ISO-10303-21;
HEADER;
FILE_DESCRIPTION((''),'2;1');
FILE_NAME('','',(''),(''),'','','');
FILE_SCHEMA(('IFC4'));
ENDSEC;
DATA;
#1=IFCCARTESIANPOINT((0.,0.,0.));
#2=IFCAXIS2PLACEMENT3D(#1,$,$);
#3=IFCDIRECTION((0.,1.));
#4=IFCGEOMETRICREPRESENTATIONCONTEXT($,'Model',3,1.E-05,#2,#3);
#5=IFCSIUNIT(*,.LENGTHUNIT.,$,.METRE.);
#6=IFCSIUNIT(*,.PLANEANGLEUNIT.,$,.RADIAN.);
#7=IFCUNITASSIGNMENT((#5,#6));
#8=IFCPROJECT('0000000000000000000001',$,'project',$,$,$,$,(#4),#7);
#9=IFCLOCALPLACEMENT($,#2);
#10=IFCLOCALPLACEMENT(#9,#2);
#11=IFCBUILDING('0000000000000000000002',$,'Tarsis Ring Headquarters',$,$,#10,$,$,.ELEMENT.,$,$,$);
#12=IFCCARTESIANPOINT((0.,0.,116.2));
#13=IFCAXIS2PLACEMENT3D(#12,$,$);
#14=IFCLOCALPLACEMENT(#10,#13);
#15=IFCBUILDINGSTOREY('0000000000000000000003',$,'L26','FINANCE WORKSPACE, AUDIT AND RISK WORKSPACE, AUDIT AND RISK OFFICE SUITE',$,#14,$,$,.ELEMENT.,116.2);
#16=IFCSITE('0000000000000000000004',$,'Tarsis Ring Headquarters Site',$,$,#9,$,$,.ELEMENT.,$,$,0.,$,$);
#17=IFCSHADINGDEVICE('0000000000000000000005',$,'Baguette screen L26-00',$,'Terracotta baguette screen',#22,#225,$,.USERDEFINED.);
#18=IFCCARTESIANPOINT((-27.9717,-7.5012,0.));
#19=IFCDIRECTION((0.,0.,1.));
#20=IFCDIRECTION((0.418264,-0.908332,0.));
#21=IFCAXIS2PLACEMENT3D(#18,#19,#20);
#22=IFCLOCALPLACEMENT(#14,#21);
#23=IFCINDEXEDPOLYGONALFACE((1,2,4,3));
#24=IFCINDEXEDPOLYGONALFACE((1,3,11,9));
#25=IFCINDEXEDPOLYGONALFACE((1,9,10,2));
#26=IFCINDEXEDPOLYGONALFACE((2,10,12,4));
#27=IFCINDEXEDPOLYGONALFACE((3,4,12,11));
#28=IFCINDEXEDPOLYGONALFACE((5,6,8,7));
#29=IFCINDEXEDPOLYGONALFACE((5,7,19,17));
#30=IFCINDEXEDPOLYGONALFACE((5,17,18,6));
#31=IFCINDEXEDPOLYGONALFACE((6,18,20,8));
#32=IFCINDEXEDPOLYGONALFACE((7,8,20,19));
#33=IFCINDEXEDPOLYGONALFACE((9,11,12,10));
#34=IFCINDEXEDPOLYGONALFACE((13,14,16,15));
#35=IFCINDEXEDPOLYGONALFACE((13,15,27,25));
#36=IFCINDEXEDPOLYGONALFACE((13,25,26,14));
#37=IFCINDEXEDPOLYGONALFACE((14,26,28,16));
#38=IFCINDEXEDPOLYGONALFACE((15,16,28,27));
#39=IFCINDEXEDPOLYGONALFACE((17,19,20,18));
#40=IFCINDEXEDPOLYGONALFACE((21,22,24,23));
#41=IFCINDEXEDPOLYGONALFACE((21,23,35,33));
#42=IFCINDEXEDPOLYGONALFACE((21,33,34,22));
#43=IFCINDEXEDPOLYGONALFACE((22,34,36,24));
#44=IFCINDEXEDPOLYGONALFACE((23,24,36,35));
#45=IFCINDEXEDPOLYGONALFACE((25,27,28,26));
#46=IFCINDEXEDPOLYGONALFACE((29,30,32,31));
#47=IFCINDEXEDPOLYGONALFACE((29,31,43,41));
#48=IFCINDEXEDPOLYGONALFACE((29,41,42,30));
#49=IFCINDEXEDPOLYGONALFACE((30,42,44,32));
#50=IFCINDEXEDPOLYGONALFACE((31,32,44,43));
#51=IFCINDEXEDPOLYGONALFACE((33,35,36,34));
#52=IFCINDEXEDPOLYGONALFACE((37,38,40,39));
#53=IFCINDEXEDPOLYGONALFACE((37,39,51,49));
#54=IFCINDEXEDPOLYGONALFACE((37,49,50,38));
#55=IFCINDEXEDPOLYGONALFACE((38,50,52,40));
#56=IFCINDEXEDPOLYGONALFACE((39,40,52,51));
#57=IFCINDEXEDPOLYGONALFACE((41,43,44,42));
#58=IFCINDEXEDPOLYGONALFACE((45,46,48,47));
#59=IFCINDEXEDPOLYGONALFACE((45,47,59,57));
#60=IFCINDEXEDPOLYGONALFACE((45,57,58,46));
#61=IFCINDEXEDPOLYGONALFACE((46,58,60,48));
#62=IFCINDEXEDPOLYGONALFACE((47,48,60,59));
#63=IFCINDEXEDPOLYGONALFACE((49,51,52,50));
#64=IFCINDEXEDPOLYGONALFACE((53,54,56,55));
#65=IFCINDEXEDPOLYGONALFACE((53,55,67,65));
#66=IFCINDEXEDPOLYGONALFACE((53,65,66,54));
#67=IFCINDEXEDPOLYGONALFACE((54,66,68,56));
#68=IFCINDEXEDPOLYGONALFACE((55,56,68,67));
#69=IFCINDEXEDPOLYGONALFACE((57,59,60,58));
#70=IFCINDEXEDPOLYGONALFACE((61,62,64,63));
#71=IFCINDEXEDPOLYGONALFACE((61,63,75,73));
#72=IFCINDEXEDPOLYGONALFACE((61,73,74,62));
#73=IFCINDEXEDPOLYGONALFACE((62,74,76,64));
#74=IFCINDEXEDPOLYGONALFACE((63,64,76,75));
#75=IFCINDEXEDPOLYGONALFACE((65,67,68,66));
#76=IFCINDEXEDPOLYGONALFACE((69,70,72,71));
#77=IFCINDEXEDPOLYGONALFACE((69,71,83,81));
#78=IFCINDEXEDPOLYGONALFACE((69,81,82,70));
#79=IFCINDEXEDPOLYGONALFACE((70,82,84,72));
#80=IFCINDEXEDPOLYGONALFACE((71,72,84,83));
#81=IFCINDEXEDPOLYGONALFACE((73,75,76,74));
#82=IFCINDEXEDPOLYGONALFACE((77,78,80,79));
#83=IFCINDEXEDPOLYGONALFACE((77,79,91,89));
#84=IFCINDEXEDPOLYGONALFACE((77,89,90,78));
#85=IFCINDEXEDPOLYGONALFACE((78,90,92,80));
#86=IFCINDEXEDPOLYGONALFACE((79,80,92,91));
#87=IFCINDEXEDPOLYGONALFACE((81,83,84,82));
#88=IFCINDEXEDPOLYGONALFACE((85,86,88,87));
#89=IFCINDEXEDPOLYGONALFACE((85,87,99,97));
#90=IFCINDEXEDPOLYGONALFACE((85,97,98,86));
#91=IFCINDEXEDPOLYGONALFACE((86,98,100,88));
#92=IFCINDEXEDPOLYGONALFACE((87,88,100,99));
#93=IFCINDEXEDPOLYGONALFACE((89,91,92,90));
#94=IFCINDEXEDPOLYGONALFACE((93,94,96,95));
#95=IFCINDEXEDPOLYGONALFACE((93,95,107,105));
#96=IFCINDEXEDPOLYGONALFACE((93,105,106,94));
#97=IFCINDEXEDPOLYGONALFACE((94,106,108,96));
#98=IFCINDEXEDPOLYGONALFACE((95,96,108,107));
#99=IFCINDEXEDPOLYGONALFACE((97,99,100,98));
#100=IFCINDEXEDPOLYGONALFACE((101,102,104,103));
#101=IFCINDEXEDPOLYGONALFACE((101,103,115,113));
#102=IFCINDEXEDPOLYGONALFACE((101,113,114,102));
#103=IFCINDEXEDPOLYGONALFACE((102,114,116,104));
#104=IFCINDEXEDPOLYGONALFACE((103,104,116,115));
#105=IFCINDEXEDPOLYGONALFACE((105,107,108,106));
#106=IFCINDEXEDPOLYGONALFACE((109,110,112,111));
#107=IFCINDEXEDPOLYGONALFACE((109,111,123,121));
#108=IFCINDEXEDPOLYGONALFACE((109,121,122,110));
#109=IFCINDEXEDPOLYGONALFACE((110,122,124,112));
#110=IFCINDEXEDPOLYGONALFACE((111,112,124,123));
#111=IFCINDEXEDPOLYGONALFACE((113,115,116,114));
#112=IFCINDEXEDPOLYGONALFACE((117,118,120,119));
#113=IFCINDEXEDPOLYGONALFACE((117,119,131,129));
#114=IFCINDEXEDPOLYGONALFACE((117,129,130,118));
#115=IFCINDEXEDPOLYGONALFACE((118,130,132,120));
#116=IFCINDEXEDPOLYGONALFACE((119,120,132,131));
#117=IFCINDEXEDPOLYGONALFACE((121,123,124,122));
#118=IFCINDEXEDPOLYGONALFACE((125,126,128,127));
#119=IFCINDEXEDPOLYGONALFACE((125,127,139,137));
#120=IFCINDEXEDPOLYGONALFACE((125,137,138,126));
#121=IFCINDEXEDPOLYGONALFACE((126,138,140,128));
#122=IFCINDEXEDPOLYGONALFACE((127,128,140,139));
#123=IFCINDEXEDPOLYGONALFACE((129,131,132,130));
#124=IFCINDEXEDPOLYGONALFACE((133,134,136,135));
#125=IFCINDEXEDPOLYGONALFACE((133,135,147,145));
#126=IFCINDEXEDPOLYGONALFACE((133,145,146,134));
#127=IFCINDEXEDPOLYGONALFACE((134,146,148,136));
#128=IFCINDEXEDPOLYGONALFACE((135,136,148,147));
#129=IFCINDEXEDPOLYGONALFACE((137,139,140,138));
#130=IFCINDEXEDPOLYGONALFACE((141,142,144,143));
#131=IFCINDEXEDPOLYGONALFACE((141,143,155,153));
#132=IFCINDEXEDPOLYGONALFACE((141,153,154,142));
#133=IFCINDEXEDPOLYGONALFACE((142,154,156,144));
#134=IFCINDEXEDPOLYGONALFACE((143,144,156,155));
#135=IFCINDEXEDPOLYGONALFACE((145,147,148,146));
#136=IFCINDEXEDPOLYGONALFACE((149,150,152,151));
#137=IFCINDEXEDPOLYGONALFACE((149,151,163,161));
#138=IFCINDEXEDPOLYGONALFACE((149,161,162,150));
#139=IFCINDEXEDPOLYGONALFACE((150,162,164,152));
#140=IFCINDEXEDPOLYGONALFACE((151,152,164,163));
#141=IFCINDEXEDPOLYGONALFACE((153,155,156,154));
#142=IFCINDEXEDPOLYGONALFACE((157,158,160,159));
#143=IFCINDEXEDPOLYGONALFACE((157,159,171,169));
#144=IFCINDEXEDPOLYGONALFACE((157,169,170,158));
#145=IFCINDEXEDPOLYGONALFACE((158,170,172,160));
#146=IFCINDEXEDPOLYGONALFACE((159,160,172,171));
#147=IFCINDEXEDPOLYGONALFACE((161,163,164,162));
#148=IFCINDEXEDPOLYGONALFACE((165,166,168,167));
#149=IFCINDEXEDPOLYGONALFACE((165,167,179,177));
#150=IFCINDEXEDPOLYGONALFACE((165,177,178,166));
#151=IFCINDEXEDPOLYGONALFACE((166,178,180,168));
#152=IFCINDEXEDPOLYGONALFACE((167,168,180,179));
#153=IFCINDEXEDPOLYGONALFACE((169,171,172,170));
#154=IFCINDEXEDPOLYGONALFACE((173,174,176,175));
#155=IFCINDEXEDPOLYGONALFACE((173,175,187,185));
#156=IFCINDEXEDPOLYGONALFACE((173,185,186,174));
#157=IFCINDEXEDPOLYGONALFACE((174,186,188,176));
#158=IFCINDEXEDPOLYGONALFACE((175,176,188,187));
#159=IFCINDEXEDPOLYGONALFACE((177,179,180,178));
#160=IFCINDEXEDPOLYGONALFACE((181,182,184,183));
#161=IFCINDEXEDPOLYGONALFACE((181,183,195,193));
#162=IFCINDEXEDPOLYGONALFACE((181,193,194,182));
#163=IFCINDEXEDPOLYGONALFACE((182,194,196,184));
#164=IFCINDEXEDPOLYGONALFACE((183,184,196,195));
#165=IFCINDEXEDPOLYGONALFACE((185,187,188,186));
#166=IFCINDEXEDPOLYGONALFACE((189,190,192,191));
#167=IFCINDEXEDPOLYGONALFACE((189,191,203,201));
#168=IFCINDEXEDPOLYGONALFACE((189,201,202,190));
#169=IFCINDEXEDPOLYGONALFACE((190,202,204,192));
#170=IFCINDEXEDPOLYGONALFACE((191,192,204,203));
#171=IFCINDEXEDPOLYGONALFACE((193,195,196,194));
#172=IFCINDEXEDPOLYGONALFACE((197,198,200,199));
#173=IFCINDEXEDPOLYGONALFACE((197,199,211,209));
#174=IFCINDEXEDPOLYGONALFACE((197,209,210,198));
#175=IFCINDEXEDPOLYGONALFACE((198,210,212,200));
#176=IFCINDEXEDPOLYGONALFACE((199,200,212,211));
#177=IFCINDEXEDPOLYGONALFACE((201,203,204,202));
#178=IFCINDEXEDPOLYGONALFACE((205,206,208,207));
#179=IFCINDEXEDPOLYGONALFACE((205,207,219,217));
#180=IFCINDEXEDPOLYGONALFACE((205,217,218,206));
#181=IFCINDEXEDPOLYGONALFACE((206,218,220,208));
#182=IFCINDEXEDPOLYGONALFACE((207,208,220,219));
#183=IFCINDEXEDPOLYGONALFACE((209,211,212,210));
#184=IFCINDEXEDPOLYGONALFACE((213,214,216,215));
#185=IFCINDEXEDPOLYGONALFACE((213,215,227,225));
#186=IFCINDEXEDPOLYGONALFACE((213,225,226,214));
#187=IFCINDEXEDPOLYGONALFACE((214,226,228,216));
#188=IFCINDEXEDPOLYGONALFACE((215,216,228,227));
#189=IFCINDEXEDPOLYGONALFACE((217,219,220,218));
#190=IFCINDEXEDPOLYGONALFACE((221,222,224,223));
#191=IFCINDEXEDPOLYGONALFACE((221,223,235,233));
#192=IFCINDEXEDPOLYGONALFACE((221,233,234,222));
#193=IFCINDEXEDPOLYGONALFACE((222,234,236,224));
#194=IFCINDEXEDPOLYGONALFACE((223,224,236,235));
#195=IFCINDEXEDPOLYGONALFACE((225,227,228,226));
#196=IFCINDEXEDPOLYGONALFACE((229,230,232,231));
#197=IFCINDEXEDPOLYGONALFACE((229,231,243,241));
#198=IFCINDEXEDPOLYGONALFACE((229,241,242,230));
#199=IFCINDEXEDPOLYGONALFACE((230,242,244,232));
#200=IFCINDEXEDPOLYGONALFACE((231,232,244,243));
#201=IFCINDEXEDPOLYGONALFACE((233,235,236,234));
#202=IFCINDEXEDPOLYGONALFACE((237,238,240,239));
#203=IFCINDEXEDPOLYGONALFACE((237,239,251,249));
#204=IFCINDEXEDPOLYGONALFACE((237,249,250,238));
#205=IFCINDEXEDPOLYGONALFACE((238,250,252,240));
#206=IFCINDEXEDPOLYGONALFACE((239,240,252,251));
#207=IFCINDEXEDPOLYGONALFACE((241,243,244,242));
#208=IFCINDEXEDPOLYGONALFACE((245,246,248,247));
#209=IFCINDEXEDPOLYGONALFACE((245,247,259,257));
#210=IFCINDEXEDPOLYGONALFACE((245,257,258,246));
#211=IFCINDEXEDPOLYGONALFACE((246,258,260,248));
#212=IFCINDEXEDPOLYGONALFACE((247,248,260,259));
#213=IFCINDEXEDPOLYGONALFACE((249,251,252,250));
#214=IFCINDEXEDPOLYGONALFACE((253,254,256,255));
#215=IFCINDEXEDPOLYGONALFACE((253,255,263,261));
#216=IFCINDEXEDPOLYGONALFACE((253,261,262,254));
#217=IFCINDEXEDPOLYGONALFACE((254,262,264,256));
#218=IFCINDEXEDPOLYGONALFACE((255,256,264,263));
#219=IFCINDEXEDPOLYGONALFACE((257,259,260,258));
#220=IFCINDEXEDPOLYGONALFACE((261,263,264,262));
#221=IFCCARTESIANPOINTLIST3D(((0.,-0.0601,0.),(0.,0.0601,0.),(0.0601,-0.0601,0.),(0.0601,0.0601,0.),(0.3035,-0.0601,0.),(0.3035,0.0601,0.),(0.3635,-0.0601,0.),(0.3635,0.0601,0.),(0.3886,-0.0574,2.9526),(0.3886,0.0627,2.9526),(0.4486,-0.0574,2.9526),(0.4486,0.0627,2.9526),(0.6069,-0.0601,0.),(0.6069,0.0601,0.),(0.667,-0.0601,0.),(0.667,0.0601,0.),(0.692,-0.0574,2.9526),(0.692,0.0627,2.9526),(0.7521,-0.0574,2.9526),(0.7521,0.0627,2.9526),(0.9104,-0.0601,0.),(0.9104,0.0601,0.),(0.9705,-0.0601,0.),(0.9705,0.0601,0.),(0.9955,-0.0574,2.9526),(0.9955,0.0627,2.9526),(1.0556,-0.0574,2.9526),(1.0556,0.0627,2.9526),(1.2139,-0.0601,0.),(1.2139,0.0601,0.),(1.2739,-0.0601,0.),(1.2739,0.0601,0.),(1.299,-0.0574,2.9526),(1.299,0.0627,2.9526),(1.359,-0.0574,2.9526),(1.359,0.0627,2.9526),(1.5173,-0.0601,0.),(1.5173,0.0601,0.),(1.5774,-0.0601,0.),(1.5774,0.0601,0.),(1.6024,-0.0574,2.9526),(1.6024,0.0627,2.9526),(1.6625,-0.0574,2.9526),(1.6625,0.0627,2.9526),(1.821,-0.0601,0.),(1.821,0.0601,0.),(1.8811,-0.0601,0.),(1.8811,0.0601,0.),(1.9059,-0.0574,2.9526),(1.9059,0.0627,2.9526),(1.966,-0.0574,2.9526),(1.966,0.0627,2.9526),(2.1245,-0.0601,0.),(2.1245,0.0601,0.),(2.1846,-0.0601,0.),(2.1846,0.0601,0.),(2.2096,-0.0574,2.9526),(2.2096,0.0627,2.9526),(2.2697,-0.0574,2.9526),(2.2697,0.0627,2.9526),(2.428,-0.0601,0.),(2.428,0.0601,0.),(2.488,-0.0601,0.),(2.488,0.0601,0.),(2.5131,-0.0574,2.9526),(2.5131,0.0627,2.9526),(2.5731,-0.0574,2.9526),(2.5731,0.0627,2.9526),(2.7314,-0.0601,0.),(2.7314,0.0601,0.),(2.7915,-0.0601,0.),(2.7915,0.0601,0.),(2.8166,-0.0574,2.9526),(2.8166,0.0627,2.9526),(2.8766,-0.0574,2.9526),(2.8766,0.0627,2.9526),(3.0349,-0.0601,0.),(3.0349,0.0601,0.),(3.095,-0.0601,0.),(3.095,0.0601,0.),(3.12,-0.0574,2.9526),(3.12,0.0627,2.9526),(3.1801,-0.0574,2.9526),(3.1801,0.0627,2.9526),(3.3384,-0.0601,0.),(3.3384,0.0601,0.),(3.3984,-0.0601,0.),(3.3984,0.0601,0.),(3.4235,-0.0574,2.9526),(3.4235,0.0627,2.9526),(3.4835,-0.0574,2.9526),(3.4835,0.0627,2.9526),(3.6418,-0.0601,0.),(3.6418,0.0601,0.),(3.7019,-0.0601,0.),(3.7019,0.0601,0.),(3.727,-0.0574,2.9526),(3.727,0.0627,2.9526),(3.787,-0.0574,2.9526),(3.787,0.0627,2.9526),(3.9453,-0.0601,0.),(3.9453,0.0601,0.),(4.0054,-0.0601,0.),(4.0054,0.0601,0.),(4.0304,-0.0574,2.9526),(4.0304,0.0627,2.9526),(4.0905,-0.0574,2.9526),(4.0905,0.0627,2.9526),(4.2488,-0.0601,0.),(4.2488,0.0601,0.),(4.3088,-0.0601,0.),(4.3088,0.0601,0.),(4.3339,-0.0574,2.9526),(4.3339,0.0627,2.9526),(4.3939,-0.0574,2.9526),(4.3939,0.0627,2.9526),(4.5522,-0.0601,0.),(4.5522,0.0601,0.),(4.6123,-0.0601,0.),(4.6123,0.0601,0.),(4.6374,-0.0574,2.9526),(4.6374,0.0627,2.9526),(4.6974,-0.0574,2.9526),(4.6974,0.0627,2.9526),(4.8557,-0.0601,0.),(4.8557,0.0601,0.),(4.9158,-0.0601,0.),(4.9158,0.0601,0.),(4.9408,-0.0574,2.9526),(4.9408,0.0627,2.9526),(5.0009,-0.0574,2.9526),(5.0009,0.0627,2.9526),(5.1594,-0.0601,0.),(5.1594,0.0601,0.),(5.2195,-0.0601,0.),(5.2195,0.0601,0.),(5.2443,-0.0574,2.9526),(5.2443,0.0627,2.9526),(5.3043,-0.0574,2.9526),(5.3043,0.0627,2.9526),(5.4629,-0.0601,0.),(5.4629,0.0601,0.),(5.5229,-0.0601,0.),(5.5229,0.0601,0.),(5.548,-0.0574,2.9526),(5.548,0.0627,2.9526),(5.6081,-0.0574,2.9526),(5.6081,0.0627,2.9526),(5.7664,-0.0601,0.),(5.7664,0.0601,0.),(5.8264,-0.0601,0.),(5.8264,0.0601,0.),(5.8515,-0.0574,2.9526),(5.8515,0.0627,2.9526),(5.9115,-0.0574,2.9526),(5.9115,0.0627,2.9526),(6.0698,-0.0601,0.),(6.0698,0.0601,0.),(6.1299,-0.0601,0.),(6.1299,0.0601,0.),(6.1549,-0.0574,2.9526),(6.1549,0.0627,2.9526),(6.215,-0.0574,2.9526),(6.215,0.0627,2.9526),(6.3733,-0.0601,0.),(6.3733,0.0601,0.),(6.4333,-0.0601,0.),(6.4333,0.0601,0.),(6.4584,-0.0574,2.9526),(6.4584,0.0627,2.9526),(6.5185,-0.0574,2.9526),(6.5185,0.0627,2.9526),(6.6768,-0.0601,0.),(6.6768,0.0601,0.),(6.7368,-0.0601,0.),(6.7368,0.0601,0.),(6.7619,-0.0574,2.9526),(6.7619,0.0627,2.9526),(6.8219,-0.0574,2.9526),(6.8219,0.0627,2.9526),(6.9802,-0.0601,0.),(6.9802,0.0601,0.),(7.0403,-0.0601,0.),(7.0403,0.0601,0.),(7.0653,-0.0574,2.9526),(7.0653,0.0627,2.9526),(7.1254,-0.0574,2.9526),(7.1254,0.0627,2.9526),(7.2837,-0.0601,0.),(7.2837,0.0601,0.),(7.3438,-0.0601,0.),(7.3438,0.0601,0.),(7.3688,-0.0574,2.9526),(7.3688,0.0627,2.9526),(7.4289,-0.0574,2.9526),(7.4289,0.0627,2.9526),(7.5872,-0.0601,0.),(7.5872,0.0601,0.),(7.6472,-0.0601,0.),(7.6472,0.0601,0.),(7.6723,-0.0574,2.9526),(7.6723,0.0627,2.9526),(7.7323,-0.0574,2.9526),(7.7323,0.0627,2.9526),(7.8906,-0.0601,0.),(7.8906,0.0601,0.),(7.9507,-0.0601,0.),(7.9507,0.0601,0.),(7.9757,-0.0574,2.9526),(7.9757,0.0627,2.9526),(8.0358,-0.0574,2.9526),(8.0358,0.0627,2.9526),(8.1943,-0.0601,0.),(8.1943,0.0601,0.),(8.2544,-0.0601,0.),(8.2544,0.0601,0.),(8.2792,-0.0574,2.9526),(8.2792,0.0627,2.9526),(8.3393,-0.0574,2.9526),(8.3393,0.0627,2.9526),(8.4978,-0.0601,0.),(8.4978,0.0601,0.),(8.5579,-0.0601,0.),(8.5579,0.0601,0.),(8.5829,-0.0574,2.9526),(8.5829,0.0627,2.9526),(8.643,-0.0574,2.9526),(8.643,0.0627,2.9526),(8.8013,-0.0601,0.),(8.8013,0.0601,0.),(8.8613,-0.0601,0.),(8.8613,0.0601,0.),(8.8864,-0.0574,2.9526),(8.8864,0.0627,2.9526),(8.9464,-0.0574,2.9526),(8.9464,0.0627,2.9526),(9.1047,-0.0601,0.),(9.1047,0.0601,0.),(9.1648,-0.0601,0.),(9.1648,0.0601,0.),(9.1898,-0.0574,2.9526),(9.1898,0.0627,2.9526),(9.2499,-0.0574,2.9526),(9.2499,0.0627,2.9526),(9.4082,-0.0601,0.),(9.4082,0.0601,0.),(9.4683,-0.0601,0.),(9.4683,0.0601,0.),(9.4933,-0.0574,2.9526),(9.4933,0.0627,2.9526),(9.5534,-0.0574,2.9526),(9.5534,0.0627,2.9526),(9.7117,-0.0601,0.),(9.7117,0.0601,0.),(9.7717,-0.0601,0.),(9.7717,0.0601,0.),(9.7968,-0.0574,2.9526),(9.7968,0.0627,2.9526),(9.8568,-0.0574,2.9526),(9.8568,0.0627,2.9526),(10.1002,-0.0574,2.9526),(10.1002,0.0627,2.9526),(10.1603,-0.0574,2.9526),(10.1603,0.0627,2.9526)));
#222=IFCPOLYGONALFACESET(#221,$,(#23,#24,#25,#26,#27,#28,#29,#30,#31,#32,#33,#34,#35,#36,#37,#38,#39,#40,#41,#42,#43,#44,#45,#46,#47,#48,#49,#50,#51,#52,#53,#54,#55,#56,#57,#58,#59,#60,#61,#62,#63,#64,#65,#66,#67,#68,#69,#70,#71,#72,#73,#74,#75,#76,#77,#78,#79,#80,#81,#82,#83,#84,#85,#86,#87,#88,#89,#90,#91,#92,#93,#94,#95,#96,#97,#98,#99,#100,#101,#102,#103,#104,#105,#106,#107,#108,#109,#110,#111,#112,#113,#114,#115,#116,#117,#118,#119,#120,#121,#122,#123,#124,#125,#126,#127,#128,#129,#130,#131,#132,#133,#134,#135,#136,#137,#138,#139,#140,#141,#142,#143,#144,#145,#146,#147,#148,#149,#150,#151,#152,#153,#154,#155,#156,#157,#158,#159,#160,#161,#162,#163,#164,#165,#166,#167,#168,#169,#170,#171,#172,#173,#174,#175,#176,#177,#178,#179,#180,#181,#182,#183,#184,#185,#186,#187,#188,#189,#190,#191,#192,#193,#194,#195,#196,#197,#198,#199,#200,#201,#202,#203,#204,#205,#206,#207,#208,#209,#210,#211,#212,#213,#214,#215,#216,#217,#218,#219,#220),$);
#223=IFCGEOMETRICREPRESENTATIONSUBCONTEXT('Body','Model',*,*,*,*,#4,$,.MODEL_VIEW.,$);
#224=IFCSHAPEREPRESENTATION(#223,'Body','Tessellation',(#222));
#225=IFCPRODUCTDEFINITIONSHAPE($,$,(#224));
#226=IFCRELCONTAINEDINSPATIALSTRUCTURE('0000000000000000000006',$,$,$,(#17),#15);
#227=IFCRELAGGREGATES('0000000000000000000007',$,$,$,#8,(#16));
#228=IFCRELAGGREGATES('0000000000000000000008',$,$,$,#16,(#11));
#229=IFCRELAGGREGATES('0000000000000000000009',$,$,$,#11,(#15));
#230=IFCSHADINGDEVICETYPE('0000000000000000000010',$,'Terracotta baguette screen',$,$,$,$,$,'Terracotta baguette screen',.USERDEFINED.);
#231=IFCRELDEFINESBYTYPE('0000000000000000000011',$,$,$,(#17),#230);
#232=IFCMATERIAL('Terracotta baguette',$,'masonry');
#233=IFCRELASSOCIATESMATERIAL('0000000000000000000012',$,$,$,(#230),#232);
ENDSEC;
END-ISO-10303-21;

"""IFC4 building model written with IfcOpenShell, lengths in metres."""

from ifc_helpers import new_model, si_unit, direction, frame, frame_2d, origin, place, context, subcontext, project, spatial, rectangle, composite_profile, extrude, material, type_object, element, save


model = new_model("IFC4")

# Units and contexts
model_context = context("Model", 3, precision=1e-05, world=origin(), true_north=direction((0.0, 1.0)))
body_context = subcontext(model_context, "Body", "Model", "MODEL_VIEW")
ifc_project = project(units=[si_unit("LENGTHUNIT", "METRE"), si_unit("PLANEANGLEUNIT", "RADIAN")], contexts=[model_context])

# Site, building, storey
site_placement = place(None, origin())
site = spatial("IfcSite", under=ifc_project, at=site_placement, Name="Tarsis Ring Headquarters Site", CompositionType="ELEMENT", RefElevation=0.0)
building_placement = place(site_placement, origin())
building = spatial("IfcBuilding", under=site, at=building_placement, Name="Tarsis Ring Headquarters", CompositionType="ELEMENT")
storey_placement = place(building_placement, frame((0.0, 0.0, 116.2)))
storey = spatial("IfcBuildingStorey", under=building, at=storey_placement, Name="L26", Description="FINANCE WORKSPACE, AUDIT AND RISK WORKSPACE, AUDIT AND RISK OFFICE SUITE", CompositionType="ELEMENT", Elevation=116.2)

# Shading device
ifc_material_1 = material(Name="Terracotta baguette", Category="masonry")
shading_device_type = type_object("IfcShadingDeviceType", Name="Terracotta baguette screen", ElementType="Terracotta baguette screen", PredefinedType="USERDEFINED", material=ifc_material_1)
shading_device_1_placement = place(storey_placement, frame((-27.9717, -7.5012, 0.0), z_axis=(0.0, 0.0, 1.0), x_axis=(0.418264, -0.908332, 0.0)))
element("IfcShadingDevice", 1, at=shading_device_1_placement, inside=storey, type_object=shading_device_type, Name="Baguette screen L26-00", ObjectType="Terracotta baguette screen", PredefinedType="USERDEFINED", context=body_context, shape_type="SweptSolid", body=[
    extrude(composite_profile([rectangle(XDim=0.0601, YDim=0.1201, at=frame_2d((0.03, 0.0))), rectangle(XDim=0.0601, YDim=0.1201, at=frame_2d((0.3335, 0.0))), rectangle(XDim=0.0601, YDim=0.1201, at=frame_2d((0.637, 0.0))), rectangle(XDim=0.0601, YDim=0.1201, at=frame_2d((0.9404, 0.0))), rectangle(XDim=0.0601, YDim=0.1201, at=frame_2d((1.2439, 0.0))), rectangle(XDim=0.0601, YDim=0.1201, at=frame_2d((1.5474, 0.0))), rectangle(XDim=0.0601, YDim=0.1201, at=frame_2d((1.8511, 0.0))), rectangle(XDim=0.0601, YDim=0.1201, at=frame_2d((2.1545, 0.0))), rectangle(XDim=0.0601, YDim=0.1201, at=frame_2d((2.458, 0.0))), rectangle(XDim=0.0601, YDim=0.1201, at=frame_2d((2.7615, 0.0))), rectangle(XDim=0.0601, YDim=0.1201, at=frame_2d((3.0649, 0.0))), rectangle(XDim=0.0601, YDim=0.1201, at=frame_2d((3.3684, 0.0))), rectangle(XDim=0.0601, YDim=0.1201, at=frame_2d((3.6719, 0.0))), rectangle(XDim=0.0601, YDim=0.1201, at=frame_2d((3.9753, 0.0))), rectangle(XDim=0.0601, YDim=0.1201, at=frame_2d((4.2788, 0.0))), rectangle(XDim=0.0601, YDim=0.1201, at=frame_2d((4.5823, 0.0))), rectangle(XDim=0.0601, YDim=0.1201, at=frame_2d((4.8857, 0.0))), rectangle(XDim=0.0601, YDim=0.1201, at=frame_2d((5.1895, 0.0))), rectangle(XDim=0.0601, YDim=0.1201, at=frame_2d((5.4929, 0.0))), rectangle(XDim=0.0601, YDim=0.1201, at=frame_2d((5.7964, 0.0))), rectangle(XDim=0.0601, YDim=0.1201, at=frame_2d((6.0999, 0.0))), rectangle(XDim=0.0601, YDim=0.1201, at=frame_2d((6.4033, 0.0))), rectangle(XDim=0.0601, YDim=0.1201, at=frame_2d((6.7068, 0.0))), rectangle(XDim=0.0601, YDim=0.1201, at=frame_2d((7.0103, 0.0))), rectangle(XDim=0.0601, YDim=0.1201, at=frame_2d((7.3137, 0.0))), rectangle(XDim=0.0601, YDim=0.1201, at=frame_2d((7.6172, 0.0))), rectangle(XDim=0.0601, YDim=0.1201, at=frame_2d((7.9207, 0.0))), rectangle(XDim=0.0601, YDim=0.1201, at=frame_2d((8.2244, 0.0))), rectangle(XDim=0.0601, YDim=0.1201, at=frame_2d((8.5278, 0.0))), rectangle(XDim=0.0601, YDim=0.1201, at=frame_2d((8.8313, 0.0))), rectangle(XDim=0.0601, YDim=0.1201, at=frame_2d((9.1348, 0.0))), rectangle(XDim=0.0601, YDim=0.1201, at=frame_2d((9.4382, 0.0))), rectangle(XDim=0.0601, YDim=0.1201, at=frame_2d((9.7417, 0.0)))]), origin(), (0.130482, 0.000888, 0.99145), 2.978),
])

save(model, "model.ifc")
